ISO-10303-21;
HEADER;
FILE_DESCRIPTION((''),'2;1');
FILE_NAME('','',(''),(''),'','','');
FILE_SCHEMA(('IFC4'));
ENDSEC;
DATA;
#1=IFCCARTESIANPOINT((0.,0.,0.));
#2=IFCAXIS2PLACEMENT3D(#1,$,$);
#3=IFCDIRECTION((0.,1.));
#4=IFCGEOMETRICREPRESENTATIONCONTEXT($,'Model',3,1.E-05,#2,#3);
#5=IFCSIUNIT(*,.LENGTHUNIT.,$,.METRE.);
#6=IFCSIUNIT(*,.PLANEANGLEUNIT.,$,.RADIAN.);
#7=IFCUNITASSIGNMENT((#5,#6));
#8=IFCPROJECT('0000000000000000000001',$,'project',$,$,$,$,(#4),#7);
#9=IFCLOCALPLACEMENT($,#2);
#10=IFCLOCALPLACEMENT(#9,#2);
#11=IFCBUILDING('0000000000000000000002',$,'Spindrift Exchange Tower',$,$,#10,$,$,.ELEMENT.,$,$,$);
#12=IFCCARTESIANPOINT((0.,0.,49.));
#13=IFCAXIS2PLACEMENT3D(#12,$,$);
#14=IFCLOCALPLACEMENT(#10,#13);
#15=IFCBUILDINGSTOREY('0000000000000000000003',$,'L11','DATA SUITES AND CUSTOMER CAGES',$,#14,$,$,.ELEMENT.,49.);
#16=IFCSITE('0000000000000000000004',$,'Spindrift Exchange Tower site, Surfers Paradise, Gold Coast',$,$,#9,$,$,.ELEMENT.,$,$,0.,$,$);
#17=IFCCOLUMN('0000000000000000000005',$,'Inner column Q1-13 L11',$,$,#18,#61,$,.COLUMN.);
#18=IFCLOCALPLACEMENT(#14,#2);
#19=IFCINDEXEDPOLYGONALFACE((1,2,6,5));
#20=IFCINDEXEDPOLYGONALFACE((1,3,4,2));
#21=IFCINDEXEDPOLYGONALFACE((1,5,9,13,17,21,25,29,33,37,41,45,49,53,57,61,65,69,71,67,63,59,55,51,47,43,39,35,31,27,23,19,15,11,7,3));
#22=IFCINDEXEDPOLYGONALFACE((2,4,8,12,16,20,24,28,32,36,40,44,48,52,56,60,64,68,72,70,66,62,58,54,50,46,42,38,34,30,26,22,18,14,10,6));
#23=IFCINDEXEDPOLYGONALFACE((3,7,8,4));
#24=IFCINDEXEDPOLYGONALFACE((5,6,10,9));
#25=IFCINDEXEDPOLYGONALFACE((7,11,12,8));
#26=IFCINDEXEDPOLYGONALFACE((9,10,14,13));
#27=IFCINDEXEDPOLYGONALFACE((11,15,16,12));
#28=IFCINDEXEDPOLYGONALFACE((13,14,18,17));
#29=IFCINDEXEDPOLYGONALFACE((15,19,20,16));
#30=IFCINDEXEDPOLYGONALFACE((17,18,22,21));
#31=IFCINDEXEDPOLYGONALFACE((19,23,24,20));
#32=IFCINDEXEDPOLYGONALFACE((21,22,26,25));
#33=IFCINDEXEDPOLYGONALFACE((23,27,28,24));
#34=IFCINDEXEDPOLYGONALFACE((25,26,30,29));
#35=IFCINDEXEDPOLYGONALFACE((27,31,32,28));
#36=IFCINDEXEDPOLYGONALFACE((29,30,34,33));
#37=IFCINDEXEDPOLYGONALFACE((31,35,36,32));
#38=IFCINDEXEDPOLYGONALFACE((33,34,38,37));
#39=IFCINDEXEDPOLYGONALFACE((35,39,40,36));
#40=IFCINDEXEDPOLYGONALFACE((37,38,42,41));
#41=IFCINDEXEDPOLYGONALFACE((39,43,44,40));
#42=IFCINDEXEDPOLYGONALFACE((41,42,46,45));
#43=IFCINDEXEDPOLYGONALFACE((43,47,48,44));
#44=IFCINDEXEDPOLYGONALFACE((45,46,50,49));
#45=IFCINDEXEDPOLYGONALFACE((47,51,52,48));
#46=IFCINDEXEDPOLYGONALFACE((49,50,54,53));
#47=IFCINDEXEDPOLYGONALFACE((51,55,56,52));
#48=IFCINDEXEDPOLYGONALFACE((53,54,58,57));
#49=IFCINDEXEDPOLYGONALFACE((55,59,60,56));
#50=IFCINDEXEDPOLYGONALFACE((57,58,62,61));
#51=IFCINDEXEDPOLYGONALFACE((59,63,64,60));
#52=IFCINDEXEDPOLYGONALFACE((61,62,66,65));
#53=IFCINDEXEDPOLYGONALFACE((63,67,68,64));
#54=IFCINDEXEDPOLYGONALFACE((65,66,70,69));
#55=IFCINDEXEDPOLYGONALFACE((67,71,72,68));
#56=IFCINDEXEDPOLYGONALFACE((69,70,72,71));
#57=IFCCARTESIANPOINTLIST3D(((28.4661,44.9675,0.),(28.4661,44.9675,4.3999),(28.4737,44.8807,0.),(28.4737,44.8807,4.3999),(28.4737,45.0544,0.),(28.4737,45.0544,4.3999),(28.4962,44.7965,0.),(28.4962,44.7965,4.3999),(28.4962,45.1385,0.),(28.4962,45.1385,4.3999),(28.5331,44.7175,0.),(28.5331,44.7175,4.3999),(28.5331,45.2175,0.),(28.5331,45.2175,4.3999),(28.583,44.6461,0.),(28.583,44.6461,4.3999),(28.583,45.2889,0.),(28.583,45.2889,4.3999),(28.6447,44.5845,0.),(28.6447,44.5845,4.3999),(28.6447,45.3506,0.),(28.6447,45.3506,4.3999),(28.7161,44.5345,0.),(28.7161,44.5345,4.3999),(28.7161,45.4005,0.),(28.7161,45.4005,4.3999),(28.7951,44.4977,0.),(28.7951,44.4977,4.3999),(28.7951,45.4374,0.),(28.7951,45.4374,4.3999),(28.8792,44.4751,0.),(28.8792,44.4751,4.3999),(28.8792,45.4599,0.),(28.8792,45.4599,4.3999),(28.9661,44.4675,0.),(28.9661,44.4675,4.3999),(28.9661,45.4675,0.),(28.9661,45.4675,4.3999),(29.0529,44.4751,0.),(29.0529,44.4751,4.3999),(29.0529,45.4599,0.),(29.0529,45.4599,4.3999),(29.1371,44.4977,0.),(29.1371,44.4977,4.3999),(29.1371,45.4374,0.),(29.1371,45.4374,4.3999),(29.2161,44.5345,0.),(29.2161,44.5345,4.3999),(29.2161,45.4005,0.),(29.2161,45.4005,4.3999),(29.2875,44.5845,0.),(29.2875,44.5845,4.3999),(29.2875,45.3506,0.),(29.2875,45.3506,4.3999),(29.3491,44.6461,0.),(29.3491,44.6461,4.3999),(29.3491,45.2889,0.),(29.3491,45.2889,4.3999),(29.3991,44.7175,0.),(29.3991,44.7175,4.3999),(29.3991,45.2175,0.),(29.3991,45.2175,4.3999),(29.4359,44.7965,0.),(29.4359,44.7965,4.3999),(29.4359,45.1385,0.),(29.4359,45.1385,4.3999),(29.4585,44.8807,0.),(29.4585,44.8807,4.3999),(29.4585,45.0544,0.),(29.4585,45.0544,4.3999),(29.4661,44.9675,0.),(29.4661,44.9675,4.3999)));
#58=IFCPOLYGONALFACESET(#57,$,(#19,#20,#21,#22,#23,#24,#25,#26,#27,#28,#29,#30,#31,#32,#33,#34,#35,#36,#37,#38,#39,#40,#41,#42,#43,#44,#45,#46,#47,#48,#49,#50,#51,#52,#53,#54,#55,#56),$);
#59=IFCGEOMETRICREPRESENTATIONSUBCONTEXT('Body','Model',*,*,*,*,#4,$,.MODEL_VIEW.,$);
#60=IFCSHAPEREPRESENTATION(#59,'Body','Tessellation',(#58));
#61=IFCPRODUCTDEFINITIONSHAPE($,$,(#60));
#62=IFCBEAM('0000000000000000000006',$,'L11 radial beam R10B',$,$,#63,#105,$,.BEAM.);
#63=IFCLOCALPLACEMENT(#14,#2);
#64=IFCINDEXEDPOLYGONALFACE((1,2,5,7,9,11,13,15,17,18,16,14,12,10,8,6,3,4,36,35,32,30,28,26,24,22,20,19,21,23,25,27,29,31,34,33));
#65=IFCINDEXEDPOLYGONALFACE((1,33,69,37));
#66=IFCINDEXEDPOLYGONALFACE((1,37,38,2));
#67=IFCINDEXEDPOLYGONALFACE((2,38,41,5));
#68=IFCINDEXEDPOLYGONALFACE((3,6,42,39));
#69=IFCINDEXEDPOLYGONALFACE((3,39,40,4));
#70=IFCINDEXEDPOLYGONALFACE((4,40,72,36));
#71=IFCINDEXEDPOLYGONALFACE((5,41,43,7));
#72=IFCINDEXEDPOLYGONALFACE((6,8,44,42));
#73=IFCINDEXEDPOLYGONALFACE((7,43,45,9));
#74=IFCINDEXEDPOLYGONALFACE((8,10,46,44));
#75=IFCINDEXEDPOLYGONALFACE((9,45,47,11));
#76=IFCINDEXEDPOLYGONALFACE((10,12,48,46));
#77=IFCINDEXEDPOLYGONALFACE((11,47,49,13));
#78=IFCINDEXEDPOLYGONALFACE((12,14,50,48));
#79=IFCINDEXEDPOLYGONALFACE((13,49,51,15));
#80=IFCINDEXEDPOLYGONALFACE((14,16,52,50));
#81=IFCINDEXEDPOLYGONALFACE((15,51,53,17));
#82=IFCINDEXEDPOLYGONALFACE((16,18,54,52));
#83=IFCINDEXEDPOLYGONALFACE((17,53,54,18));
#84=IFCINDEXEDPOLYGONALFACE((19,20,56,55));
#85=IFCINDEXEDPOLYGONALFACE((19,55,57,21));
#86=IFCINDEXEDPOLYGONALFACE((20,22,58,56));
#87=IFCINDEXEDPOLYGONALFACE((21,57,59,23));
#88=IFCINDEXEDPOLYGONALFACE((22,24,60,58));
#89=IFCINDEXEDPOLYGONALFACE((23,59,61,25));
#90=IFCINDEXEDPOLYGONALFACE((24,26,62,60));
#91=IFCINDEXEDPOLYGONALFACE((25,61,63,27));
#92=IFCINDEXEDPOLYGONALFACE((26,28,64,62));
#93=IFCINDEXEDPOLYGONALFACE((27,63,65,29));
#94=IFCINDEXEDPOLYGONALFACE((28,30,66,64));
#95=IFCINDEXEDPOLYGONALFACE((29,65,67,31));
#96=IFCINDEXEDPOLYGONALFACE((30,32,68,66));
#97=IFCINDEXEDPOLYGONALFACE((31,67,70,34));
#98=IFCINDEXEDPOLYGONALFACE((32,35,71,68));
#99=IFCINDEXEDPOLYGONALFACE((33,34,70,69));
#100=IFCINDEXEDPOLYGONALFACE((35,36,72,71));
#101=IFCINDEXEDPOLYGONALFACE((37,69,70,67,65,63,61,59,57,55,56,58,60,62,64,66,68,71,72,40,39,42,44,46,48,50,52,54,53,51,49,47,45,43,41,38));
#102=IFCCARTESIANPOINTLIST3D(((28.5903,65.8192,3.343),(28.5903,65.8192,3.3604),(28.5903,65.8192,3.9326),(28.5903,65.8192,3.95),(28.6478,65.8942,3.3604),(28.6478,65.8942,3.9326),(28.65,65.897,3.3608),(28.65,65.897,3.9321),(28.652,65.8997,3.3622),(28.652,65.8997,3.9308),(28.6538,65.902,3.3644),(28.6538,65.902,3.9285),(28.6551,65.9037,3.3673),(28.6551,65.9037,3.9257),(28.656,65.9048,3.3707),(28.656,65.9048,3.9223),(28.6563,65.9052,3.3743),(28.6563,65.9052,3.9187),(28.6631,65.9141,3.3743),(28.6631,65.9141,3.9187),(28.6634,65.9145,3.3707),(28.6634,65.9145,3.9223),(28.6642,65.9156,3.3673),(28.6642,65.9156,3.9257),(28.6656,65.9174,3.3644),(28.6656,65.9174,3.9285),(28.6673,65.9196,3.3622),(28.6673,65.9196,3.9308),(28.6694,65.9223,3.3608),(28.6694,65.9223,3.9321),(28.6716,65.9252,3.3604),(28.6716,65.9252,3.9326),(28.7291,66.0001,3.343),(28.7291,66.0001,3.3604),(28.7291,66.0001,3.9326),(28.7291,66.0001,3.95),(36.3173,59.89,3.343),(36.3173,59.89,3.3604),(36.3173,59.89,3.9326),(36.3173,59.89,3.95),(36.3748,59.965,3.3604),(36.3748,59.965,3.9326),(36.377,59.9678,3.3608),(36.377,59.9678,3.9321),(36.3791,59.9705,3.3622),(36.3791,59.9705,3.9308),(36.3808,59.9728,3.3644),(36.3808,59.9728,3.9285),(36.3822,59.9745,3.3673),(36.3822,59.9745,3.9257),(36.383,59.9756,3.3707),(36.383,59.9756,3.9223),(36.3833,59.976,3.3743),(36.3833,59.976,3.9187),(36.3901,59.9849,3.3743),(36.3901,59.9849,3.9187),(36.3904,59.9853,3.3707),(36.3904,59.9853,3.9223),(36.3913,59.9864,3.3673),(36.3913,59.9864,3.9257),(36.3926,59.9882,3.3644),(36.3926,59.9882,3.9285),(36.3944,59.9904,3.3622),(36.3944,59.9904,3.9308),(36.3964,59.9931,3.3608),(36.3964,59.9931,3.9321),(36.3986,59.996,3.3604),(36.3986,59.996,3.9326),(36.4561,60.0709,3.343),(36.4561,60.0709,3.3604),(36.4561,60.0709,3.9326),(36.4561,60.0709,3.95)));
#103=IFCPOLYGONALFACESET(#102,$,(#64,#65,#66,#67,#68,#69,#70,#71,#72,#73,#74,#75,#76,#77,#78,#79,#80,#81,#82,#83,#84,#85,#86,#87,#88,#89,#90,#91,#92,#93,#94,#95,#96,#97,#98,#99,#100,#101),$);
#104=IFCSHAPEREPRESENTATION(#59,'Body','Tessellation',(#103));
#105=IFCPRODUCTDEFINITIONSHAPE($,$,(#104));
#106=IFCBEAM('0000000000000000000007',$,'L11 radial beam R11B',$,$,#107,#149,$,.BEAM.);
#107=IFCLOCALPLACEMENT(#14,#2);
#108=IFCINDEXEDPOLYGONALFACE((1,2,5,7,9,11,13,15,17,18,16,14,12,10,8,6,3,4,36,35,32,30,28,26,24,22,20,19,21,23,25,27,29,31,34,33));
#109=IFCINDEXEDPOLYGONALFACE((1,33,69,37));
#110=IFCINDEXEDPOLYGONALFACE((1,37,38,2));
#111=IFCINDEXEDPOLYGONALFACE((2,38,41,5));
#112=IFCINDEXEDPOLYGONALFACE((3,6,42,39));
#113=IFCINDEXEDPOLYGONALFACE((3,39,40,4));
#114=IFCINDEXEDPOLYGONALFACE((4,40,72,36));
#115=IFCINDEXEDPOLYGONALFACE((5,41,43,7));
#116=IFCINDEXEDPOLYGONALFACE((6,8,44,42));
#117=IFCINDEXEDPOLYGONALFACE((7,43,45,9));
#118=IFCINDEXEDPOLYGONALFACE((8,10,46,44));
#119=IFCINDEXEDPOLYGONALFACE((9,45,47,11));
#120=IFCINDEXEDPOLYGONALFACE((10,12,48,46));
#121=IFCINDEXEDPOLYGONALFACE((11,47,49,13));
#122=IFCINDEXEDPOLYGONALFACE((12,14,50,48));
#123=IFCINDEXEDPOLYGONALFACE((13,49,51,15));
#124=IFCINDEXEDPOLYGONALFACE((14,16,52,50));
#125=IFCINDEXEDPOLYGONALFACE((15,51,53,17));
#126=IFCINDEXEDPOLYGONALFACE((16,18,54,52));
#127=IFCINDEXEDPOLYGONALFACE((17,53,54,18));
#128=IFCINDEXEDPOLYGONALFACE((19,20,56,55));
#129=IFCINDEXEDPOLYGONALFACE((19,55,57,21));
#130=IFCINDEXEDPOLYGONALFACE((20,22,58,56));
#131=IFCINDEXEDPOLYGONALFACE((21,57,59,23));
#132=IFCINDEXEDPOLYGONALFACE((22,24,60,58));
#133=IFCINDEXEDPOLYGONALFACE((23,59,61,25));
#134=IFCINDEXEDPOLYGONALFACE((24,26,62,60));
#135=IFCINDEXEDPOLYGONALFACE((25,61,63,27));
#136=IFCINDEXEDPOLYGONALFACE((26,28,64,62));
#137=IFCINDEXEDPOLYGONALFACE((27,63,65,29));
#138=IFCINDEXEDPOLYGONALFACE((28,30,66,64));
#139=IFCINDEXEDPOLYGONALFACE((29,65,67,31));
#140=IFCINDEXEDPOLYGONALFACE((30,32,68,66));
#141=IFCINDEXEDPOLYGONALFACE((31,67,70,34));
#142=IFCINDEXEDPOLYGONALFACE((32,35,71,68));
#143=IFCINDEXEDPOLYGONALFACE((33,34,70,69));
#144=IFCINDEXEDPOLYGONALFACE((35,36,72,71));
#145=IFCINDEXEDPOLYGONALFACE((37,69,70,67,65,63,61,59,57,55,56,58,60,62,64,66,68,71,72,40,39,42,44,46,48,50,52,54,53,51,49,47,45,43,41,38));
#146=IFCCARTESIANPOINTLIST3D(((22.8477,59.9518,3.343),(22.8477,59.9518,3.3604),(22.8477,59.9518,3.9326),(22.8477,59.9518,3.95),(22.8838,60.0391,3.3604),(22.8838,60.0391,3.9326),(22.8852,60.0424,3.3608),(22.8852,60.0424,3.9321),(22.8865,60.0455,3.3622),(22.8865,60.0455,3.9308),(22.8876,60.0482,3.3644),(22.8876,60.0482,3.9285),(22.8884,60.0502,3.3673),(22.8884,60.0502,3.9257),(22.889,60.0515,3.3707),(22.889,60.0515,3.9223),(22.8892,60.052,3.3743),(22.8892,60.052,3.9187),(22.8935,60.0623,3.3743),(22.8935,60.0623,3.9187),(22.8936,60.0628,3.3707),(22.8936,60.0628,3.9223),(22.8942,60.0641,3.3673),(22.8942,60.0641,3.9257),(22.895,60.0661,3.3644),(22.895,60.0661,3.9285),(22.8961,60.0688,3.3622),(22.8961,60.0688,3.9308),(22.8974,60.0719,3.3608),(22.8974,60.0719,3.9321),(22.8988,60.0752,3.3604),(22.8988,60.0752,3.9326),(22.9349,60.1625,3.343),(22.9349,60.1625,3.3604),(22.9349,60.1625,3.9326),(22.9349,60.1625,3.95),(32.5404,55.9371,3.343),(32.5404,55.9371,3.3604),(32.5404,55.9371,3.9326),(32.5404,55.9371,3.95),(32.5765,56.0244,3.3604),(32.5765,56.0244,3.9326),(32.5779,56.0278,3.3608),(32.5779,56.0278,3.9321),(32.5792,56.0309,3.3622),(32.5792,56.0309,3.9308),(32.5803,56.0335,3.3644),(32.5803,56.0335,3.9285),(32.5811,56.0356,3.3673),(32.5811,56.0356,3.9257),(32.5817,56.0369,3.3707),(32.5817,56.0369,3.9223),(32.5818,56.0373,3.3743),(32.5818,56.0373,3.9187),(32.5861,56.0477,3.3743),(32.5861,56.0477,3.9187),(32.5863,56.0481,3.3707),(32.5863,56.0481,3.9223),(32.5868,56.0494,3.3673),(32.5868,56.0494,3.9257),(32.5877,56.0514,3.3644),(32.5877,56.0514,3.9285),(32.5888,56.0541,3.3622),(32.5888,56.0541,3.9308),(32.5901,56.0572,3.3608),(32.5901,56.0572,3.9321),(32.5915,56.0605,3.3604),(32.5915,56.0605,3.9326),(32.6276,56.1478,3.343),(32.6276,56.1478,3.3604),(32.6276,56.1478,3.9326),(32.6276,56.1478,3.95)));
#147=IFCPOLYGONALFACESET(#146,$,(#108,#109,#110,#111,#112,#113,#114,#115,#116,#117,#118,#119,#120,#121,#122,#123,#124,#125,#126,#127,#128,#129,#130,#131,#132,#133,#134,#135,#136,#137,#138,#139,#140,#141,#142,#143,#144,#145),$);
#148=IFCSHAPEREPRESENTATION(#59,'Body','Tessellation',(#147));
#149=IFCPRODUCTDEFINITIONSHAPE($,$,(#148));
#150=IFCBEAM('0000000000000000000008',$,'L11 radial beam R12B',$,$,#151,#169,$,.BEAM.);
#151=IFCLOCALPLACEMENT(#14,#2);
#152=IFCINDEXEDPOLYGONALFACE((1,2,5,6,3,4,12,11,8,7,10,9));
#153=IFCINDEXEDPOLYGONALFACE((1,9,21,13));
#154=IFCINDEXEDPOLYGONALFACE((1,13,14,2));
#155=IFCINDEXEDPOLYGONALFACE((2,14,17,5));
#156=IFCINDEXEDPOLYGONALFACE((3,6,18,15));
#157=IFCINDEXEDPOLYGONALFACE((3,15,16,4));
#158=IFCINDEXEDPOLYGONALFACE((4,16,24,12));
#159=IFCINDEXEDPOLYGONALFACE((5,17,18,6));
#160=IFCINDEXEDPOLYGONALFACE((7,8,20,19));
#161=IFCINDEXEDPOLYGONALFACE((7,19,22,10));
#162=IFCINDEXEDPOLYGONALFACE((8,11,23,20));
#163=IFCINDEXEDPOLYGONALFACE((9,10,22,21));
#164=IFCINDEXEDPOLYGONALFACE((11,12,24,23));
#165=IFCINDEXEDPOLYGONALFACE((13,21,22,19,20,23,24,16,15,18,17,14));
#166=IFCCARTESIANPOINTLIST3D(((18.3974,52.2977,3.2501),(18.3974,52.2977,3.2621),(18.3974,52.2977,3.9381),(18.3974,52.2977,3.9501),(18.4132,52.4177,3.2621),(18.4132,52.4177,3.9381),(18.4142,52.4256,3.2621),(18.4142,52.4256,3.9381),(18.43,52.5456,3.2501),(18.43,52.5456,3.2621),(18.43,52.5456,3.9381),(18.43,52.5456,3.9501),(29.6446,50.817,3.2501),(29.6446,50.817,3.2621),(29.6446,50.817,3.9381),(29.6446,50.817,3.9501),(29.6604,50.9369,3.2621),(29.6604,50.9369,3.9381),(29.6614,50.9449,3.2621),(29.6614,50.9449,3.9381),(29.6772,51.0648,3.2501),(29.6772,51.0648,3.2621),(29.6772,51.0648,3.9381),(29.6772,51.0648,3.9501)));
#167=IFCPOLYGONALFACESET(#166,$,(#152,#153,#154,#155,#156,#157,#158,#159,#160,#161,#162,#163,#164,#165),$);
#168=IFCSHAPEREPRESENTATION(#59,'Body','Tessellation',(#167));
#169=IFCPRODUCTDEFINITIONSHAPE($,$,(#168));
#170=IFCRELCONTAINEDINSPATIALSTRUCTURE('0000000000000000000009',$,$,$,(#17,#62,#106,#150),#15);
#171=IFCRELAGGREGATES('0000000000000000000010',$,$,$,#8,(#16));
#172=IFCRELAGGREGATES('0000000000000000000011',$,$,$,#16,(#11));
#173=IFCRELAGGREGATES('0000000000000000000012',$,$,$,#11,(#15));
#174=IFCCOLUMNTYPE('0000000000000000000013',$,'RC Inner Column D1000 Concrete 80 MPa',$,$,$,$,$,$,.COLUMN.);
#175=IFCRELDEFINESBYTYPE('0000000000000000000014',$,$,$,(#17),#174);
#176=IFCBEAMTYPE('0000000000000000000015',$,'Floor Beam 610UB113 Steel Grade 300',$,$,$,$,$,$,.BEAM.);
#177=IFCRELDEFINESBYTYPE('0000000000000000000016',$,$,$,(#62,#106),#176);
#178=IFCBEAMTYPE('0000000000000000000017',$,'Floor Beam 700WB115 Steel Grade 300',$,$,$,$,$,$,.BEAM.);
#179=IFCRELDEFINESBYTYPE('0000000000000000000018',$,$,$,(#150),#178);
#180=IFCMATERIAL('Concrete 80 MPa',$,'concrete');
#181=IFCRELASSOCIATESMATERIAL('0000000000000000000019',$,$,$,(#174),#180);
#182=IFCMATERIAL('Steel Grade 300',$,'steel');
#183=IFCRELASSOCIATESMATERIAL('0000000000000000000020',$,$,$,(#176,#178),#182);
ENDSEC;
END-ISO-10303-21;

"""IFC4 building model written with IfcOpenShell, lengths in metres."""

from ifc_helpers import new_model, si_unit, direction, frame, origin, origin_2d, place, context, subcontext, project, spatial, circle, i_section, extrude, source, transform, mapped, material, material_profile, profile_set, type_object, element, save


model = new_model("IFC4")

# Units and contexts
model_context = context("Model", 3, precision=1e-05, world=origin(), true_north=direction((0.0, 1.0)))
body_context = subcontext(model_context, "Body", "Model", "MODEL_VIEW")
ifc_project = project(units=[si_unit("LENGTHUNIT", "METRE"), si_unit("PLANEANGLEUNIT", "RADIAN")], contexts=[model_context])

# Site, building, storey
site_placement = place(None, origin())
site = spatial("IfcSite", under=ifc_project, at=site_placement, Name="Spindrift Exchange Tower site, Surfers Paradise, Gold Coast", CompositionType="ELEMENT", RefElevation=0.0)
building_placement = place(site_placement, origin())
building = spatial("IfcBuilding", under=site, at=building_placement, Name="Spindrift Exchange Tower", CompositionType="ELEMENT")
storey_placement = place(building_placement, frame((0.0, 0.0, 49.0)))
storey = spatial("IfcBuildingStorey", under=building, at=storey_placement, Name="L11", Description="DATA SUITES AND CUSTOMER CAGES", CompositionType="ELEMENT", Elevation=49.0)

# Column
ifc_material_1 = material(Name="Concrete 80 MPa", Category="concrete")
ifc_material_profile_1 = material_profile(ifc_material_1, circle(Radius=0.5, at=origin_2d()), Name="RC D1000")
ifc_profile_set_1 = profile_set([ifc_material_profile_1], Name="Concrete 80 MPa")
column_type_1 = type_object("IfcColumnType", Name="RC Inner Column D1000 Concrete 80 MPa", PredefinedType="COLUMN", material=ifc_profile_set_1)
shared_shape_1 = source(origin(), body_context, "Body", "SweptSolid", [
    extrude(circle(Radius=0.5, at=origin_2d()), origin(), (0.0, 0.0, 1.0), 4.3999),
])
for number, where, z_axis, x_axis, name in (
    (1, (28.9661, 44.9675, 0.0), (0.0, 0.0, 1.0), (1.0, 0.0, 0.0), "Inner column Q1-13 L11"),
):
    element("IfcColumn", number, at=place(storey_placement, frame(where, z_axis=z_axis, x_axis=x_axis)), inside=storey, type_object=column_type_1, Name=name, PredefinedType="COLUMN", context=body_context, shape_type="MappedRepresentation", body=[
        mapped(shared_shape_1, transform((0.0, 0.0, 0.0), scale=1.0)),
    ])

# Beams
ifc_material_2 = material(Name="Steel Grade 300", Category="steel")
ifc_material_profile_2 = material_profile(ifc_material_2, i_section(OverallWidth=0.228, OverallDepth=0.6069, WebThickness=0.0112, FlangeThickness=0.0173, FilletRadius=0.0139, at=origin_2d()), Name="610UB113")
ifc_profile_set_2 = profile_set([ifc_material_profile_2], Name="Steel Grade 300")
beam_type_1 = type_object("IfcBeamType", Name="Floor Beam 610UB113 Steel Grade 300", PredefinedType="BEAM", material=ifc_profile_set_2)
shared_shape_2 = source(origin(), body_context, "Body", "SweptSolid", [
    extrude(i_section(OverallWidth=0.228, OverallDepth=0.6069, WebThickness=0.0112, FlangeThickness=0.0173, FilletRadius=0.0139, at=origin_2d()), origin(), (0.0, 0.0, 1.0), 9.7397),
])
beam_1_placement = place(storey_placement, frame((36.3867, 59.9805, 3.6465), z_axis=(-0.793352, 0.608763, 0.0), x_axis=(-0.608763, -0.793352, 0.0)))
element("IfcBeam", 2, at=beam_1_placement, inside=storey, type_object=beam_type_1, Name="L11 radial beam R10B", PredefinedType="BEAM", context=body_context, shape_type="MappedRepresentation", body=[
    mapped(shared_shape_2, transform((0.0, 0.0, 0.0), scale=1.0)),
])
shared_shape_3 = source(origin(), body_context, "Body", "SweptSolid", [
    extrude(i_section(OverallWidth=0.228, OverallDepth=0.6069, WebThickness=0.0112, FlangeThickness=0.0173, FilletRadius=0.0139, at=origin_2d()), origin(), (0.0, 0.0, 1.0), 10.4912),
])
beam_2_placement = place(storey_placement, frame((32.584, 56.0425, 3.6465), z_axis=(-0.923885, 0.38267, 0.0), x_axis=(-0.38267, -0.923885, 0.0)))
element("IfcBeam", 3, at=beam_2_placement, inside=storey, type_object=beam_type_1, Name="L11 radial beam R11B", PredefinedType="BEAM", context=body_context, shape_type="MappedRepresentation", body=[
    mapped(shared_shape_3, transform((0.0, 0.0, 0.0), scale=1.0)),
])
ifc_material_profile_3 = material_profile(ifc_material_2, i_section(OverallWidth=0.25, OverallDepth=0.7, WebThickness=0.0081, FlangeThickness=0.012, at=origin_2d()), Name="700WB115")
ifc_profile_set_3 = profile_set([ifc_material_profile_3], Name="Steel Grade 300")
beam_type_2 = type_object("IfcBeamType", Name="Floor Beam 700WB115 Steel Grade 300", PredefinedType="BEAM", material=ifc_profile_set_3)
shared_shape_4 = source(origin(), body_context, "Body", "SweptSolid", [
    extrude(i_section(OverallWidth=0.25, OverallDepth=0.7, WebThickness=0.0081, FlangeThickness=0.012, at=origin_2d()), origin(), (0.0, 0.0, 1.0), 11.3442),
])
beam_3_placement = place(storey_placement, frame((29.6609, 50.9409, 3.6001), z_axis=(-0.991445, 0.130527, 0.0), x_axis=(-0.130527, -0.991445, 0.0)))
element("IfcBeam", 4, at=beam_3_placement, inside=storey, type_object=beam_type_2, Name="L11 radial beam R12B", PredefinedType="BEAM", context=body_context, shape_type="MappedRepresentation", body=[
    mapped(shared_shape_4, transform((0.0, 0.0, 0.0), scale=1.0)),
])

save(model, "model.ifc")
